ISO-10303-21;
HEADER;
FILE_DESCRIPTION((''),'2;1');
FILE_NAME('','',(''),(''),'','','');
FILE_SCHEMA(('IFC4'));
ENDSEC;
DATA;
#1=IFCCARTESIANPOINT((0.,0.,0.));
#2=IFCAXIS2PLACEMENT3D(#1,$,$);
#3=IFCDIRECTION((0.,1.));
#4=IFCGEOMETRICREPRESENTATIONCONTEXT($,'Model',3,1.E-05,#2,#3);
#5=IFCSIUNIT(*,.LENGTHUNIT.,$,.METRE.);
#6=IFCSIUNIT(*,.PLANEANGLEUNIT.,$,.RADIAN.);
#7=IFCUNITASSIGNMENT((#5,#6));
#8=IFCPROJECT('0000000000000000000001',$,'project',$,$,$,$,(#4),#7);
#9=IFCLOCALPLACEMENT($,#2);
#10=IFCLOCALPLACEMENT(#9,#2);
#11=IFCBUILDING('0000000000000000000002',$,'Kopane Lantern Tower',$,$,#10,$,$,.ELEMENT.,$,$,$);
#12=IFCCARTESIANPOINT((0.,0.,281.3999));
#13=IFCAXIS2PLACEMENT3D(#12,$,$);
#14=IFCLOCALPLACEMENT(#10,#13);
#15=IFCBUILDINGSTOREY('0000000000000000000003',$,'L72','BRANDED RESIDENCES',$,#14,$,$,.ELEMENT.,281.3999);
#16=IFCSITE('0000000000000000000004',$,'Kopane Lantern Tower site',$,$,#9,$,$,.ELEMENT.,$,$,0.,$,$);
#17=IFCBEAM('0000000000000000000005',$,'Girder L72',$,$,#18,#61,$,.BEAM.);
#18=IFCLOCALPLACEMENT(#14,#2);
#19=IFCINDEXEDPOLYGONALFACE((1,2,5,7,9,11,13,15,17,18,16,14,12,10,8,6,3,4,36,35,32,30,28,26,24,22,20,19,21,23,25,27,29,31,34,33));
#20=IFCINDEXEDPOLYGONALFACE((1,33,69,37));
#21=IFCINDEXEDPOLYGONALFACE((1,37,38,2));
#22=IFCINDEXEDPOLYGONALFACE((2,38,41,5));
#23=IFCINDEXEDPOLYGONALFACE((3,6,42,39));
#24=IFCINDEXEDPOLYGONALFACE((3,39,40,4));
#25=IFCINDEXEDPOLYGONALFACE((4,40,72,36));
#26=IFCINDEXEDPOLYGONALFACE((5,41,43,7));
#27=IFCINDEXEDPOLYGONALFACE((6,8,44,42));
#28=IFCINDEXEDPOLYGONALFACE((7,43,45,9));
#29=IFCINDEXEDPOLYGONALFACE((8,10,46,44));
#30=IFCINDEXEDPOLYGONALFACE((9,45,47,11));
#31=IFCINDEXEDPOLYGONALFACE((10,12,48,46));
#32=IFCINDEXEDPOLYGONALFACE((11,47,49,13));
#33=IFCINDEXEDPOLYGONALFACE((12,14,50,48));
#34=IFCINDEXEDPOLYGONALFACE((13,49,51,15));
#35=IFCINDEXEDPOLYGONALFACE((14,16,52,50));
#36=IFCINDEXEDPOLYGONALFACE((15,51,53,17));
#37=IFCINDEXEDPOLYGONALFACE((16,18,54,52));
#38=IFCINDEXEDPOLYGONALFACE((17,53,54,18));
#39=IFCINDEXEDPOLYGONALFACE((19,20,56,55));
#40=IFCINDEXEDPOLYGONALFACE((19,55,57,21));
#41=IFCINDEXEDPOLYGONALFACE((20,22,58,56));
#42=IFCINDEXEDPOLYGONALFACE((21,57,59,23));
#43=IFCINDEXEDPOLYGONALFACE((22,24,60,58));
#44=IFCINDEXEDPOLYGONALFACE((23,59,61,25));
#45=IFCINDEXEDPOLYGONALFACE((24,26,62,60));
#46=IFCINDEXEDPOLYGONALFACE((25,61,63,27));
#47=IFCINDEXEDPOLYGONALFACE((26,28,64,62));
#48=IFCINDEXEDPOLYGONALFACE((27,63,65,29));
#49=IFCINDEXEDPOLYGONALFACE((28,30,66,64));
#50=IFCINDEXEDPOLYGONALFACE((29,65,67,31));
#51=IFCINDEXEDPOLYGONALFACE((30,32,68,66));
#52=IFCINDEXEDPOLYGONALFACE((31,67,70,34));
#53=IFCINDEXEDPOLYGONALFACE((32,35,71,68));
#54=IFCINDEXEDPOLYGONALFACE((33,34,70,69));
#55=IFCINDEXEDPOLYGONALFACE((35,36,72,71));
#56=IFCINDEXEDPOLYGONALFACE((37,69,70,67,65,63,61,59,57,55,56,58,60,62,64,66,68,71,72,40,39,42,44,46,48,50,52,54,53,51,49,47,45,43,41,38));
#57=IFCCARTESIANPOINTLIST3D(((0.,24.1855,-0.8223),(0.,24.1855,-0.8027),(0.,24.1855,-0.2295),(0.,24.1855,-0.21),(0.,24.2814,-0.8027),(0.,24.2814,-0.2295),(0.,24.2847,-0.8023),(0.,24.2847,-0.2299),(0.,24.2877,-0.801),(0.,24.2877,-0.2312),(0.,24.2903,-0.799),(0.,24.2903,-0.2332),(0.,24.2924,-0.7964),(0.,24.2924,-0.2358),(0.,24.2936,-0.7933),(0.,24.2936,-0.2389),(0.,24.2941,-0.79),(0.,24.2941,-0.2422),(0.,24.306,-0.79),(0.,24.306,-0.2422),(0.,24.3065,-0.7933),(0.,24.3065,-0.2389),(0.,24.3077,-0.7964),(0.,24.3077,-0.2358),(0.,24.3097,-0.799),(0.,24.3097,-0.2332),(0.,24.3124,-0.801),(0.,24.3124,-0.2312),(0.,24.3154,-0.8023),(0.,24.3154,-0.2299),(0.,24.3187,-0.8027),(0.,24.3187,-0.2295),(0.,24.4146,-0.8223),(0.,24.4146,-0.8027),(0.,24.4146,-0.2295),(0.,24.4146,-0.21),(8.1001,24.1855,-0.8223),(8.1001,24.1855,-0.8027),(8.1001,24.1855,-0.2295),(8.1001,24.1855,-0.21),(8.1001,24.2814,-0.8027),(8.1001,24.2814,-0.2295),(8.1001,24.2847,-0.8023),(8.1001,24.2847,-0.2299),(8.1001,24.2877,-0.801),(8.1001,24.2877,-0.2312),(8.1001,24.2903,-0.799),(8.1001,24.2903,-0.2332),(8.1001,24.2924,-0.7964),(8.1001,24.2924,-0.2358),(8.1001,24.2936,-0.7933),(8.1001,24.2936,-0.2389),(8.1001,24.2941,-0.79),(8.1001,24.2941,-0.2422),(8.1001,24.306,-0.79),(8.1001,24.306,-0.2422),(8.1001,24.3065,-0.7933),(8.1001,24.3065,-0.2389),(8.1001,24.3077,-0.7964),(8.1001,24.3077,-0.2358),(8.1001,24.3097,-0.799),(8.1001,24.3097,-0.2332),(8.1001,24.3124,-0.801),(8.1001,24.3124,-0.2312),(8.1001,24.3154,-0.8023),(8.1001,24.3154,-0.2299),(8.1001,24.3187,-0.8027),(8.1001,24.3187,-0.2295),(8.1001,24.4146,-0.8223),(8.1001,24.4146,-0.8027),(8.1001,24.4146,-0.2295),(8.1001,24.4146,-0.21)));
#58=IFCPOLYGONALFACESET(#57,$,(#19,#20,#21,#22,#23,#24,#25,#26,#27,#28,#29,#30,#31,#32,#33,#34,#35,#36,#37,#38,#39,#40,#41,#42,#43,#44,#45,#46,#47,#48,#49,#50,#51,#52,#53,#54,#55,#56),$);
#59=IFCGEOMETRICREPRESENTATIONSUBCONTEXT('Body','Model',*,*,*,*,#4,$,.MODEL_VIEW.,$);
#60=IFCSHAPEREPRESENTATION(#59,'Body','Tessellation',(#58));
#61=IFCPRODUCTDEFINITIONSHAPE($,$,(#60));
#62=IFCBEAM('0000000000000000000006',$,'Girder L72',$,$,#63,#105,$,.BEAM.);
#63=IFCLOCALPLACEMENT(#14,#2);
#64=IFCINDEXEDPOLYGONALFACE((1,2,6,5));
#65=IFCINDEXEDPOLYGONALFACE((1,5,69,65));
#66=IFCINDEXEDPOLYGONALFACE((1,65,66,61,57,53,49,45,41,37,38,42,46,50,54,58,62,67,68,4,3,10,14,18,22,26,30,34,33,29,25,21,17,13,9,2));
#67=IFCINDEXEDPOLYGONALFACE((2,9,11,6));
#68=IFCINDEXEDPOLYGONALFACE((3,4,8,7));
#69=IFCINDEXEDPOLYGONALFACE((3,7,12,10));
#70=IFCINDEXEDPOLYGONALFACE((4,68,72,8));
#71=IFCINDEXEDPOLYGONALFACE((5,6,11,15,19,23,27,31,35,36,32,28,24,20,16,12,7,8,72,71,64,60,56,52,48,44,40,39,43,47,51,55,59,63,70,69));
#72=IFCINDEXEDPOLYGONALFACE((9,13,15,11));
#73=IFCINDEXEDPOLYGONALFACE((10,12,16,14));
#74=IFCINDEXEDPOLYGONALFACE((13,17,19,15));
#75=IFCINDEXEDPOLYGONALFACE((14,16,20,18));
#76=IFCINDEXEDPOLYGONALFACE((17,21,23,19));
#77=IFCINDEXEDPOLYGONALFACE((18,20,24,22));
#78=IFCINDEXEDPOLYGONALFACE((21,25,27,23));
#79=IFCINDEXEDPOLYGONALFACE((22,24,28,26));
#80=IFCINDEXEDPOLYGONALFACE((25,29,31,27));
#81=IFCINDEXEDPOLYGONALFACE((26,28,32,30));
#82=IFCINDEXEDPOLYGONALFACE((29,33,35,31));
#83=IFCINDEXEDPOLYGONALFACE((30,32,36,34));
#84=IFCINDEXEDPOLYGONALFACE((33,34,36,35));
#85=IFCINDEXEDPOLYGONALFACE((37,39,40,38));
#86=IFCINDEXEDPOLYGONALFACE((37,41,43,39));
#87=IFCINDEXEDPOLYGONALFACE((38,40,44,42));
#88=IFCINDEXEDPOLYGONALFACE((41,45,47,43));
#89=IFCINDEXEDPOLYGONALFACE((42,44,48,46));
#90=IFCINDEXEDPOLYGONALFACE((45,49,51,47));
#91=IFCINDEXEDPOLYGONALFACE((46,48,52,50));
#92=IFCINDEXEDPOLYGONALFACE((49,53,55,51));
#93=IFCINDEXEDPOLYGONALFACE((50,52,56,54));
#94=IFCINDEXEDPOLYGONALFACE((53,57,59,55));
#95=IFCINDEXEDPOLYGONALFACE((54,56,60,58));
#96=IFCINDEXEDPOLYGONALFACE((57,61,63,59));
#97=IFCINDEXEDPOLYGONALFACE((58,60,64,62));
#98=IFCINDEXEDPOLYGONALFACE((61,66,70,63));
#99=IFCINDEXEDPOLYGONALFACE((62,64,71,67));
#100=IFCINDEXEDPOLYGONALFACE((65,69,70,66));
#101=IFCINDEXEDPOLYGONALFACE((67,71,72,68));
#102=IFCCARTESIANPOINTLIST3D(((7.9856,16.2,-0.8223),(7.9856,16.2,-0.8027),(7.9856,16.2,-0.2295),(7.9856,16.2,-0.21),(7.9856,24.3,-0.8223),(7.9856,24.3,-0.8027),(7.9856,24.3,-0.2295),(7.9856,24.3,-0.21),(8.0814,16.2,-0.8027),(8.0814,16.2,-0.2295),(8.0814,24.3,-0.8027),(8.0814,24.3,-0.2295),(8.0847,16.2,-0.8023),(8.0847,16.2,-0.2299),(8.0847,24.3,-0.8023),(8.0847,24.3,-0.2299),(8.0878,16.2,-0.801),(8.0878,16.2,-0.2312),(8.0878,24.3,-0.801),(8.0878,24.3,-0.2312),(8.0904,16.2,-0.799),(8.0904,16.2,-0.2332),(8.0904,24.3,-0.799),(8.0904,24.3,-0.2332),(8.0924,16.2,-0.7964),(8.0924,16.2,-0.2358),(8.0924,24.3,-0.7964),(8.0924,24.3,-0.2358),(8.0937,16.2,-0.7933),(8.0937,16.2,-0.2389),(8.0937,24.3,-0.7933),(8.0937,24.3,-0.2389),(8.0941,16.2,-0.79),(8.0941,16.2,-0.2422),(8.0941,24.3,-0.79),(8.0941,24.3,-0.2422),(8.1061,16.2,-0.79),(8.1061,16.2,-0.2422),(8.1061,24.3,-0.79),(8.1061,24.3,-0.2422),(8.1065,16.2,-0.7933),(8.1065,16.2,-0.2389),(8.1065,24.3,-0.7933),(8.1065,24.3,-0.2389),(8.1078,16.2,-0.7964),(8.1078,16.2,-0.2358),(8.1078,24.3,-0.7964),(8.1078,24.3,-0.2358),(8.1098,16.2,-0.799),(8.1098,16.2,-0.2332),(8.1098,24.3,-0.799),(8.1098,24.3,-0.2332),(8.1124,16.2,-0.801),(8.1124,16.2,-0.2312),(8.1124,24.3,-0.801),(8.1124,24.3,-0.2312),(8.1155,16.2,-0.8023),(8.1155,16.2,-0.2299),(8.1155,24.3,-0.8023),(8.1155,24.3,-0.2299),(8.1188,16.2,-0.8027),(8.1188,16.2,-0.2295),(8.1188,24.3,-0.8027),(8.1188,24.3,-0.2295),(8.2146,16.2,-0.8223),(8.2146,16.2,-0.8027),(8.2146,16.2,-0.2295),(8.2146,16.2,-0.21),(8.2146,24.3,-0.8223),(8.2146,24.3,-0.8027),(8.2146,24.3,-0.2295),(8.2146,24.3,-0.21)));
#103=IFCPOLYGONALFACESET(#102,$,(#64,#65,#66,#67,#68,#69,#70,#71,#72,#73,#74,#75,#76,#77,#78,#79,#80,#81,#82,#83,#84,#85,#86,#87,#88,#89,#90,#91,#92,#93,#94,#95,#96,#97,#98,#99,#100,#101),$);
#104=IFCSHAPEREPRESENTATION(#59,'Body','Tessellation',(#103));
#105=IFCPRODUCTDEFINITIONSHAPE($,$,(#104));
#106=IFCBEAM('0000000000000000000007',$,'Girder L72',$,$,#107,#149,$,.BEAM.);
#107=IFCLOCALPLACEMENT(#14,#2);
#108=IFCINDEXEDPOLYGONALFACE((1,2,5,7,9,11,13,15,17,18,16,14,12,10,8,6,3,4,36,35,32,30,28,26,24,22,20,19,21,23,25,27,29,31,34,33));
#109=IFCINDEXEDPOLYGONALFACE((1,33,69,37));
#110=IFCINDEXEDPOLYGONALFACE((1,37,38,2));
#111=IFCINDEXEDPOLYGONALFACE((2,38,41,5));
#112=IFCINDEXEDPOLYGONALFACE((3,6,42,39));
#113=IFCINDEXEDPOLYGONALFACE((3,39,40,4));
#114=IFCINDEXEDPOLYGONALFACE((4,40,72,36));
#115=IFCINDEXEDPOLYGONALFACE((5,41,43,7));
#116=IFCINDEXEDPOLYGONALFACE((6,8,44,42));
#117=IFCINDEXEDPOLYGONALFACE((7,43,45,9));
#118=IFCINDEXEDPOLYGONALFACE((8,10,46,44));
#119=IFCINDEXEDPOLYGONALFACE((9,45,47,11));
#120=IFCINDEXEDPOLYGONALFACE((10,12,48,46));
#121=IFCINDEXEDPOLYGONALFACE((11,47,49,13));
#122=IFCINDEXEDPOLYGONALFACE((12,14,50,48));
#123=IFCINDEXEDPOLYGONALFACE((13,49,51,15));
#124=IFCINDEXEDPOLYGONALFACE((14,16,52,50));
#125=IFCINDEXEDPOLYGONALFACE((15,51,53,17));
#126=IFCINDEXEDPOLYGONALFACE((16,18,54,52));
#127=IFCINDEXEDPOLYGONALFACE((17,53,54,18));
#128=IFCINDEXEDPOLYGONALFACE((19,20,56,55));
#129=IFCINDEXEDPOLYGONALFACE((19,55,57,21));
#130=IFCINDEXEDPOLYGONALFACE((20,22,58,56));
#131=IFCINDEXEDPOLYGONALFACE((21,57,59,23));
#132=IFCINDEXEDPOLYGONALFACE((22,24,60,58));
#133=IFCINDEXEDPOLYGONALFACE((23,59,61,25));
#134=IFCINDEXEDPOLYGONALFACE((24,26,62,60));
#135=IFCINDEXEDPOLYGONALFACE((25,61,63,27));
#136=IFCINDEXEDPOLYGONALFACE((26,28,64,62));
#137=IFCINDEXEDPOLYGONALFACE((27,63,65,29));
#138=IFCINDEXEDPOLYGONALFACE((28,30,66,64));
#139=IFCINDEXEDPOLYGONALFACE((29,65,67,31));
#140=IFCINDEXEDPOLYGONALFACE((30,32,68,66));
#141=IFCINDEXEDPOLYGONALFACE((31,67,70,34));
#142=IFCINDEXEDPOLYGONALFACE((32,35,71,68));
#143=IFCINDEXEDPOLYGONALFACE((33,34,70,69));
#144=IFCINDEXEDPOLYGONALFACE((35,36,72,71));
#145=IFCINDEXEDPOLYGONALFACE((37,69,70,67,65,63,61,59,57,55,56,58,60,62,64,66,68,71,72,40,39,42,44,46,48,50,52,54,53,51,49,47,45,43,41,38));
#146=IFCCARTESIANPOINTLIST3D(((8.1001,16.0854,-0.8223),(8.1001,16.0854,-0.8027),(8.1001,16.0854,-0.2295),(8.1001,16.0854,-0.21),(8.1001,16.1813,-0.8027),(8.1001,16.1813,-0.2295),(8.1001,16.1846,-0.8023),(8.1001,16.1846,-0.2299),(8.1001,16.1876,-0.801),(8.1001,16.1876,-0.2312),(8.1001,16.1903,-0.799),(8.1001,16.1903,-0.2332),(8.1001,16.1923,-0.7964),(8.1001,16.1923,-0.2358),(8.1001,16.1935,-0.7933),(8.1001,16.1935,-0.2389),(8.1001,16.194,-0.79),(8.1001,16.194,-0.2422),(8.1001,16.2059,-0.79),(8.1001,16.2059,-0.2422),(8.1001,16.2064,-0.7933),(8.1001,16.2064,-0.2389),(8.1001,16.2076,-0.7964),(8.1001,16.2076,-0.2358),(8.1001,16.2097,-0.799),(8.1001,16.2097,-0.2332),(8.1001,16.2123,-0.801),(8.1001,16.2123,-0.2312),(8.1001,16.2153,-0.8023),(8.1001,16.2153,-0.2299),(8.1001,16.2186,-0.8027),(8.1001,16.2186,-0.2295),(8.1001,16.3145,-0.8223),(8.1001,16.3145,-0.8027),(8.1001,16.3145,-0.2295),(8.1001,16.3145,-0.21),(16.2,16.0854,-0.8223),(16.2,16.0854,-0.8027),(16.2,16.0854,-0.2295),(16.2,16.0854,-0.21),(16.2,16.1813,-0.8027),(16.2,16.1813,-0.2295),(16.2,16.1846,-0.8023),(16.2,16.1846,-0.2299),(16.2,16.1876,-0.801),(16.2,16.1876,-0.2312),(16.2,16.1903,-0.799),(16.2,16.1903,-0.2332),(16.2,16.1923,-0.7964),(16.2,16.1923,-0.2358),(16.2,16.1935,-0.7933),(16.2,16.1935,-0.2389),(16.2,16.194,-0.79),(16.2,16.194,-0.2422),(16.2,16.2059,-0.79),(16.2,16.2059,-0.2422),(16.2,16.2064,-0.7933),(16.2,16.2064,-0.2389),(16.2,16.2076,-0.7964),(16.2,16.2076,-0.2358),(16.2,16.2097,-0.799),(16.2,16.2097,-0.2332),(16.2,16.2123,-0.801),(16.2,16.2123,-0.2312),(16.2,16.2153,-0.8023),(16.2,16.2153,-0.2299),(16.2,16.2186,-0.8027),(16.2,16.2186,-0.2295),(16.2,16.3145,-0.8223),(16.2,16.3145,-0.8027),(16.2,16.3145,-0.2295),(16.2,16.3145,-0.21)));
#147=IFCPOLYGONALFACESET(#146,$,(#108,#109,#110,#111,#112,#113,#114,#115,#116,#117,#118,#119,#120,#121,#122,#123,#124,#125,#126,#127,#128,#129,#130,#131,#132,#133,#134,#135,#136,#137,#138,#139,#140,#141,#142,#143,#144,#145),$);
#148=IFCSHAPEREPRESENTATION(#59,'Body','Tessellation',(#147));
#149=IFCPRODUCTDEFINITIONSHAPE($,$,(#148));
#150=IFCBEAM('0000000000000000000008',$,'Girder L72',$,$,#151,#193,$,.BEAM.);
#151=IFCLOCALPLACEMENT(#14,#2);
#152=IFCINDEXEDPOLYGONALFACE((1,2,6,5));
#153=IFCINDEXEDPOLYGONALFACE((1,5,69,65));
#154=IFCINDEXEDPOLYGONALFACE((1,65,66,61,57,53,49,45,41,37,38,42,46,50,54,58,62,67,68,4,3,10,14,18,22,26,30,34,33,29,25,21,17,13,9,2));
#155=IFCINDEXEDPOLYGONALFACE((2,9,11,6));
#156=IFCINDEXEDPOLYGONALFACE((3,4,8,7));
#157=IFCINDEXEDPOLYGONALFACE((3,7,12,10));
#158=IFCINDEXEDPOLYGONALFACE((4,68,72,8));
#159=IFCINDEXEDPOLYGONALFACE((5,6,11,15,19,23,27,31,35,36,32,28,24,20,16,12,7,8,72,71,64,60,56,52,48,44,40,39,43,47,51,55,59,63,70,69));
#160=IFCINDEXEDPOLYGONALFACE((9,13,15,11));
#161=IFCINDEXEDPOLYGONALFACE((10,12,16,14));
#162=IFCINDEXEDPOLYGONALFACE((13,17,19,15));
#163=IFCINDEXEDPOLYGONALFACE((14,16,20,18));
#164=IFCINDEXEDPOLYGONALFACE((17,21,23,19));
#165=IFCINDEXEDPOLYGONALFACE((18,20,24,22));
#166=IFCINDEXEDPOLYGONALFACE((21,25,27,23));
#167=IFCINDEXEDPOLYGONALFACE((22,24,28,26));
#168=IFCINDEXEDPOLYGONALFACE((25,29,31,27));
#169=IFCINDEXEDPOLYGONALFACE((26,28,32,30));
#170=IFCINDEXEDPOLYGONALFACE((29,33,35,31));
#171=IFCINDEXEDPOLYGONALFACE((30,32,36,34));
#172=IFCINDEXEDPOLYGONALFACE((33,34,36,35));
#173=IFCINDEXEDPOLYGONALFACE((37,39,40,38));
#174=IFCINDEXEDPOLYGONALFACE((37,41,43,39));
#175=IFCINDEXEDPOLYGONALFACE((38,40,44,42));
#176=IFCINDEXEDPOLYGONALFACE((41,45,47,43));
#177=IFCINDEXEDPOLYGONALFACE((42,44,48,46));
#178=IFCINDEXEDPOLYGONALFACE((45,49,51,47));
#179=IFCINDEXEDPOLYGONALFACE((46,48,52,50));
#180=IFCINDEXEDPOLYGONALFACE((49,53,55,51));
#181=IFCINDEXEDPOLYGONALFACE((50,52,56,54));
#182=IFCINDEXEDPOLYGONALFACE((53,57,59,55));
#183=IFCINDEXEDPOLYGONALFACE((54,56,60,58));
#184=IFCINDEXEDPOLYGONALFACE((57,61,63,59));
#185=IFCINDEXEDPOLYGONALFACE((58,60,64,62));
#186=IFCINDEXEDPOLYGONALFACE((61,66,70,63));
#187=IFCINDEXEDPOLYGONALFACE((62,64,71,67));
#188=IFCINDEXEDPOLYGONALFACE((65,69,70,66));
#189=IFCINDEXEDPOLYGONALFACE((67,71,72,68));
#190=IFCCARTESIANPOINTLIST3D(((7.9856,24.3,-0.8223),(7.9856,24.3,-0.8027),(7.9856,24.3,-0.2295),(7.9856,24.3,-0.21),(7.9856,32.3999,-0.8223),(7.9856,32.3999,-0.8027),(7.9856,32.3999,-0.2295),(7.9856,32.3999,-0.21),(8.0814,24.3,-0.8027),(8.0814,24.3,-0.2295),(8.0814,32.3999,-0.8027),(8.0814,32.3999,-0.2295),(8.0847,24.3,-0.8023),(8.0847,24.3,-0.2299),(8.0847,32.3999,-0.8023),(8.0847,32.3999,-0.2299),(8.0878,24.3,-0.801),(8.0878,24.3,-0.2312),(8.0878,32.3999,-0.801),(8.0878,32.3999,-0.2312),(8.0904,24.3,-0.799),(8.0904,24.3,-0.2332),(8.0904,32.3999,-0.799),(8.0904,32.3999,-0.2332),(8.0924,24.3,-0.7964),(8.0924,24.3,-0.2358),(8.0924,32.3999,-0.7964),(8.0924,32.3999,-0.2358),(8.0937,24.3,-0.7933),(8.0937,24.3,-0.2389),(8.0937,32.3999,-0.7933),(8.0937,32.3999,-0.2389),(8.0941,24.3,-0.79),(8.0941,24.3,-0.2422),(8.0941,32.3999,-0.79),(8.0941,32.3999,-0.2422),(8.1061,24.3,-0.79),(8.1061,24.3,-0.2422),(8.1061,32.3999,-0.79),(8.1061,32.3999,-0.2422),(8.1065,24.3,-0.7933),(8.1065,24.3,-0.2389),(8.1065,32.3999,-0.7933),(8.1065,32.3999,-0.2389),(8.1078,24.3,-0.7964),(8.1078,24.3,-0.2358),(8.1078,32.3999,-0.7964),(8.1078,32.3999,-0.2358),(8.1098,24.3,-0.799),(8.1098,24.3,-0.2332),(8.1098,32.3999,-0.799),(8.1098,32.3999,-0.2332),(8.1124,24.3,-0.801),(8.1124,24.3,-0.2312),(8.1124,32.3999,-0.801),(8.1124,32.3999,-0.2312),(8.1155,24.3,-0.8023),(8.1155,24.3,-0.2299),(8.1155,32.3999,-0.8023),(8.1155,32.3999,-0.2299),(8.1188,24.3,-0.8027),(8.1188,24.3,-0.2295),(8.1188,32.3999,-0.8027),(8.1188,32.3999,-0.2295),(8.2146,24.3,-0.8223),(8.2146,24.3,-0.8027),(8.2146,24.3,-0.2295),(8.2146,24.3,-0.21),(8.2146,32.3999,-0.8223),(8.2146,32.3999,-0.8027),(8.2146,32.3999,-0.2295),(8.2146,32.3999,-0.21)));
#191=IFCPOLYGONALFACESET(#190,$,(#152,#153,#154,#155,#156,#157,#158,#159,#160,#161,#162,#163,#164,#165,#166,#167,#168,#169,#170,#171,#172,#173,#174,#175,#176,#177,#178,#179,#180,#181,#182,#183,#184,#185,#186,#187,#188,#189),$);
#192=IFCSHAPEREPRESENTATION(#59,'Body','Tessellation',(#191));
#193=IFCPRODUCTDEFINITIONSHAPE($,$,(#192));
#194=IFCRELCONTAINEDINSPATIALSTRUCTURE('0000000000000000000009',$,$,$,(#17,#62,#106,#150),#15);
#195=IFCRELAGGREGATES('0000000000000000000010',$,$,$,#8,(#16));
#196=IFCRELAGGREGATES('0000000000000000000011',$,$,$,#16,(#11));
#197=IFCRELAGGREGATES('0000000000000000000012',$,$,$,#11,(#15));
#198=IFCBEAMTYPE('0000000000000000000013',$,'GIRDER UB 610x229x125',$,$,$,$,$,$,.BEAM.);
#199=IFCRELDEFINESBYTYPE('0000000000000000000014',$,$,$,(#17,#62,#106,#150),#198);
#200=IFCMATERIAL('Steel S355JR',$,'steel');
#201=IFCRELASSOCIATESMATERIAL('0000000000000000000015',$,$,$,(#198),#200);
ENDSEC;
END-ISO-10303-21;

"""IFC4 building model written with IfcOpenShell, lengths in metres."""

from ifc_helpers import new_model, si_unit, direction, frame, origin, origin_2d, place, context, subcontext, project, spatial, i_section, extrude, material, material_profile, profile_set, type_object, element, save


model = new_model("IFC4")

# Units and contexts
model_context = context("Model", 3, precision=1e-05, world=origin(), true_north=direction((0.0, 1.0)))
body_context = subcontext(model_context, "Body", "Model", "MODEL_VIEW")
ifc_project = project(units=[si_unit("LENGTHUNIT", "METRE"), si_unit("PLANEANGLEUNIT", "RADIAN")], contexts=[model_context])

# Site, building, storey
site_placement = place(None, origin())
site = spatial("IfcSite", under=ifc_project, at=site_placement, Name="Kopane Lantern Tower site", CompositionType="ELEMENT", RefElevation=0.0)
building_placement = place(site_placement, origin())
building = spatial("IfcBuilding", under=site, at=building_placement, Name="Kopane Lantern Tower", CompositionType="ELEMENT")
storey_placement = place(building_placement, frame((0.0, 0.0, 281.3999)))
storey = spatial("IfcBuildingStorey", under=building, at=storey_placement, Name="L72", Description="BRANDED RESIDENCES", CompositionType="ELEMENT", Elevation=281.3999)

# Beams
ifc_material_1 = material(Name="Steel S355JR", Category="steel")
ifc_material_profile_1 = material_profile(ifc_material_1, i_section(OverallWidth=0.229, OverallDepth=0.6123, WebThickness=0.012, FlangeThickness=0.0195, FilletRadius=0.0127, at=origin_2d()), Name="UB 610x229x125")
ifc_profile_set_1 = profile_set([ifc_material_profile_1], Name="Steel S355JR")
beam_type_1 = type_object("IfcBeamType", Name="GIRDER UB 610x229x125", PredefinedType="BEAM", material=ifc_profile_set_1)
for number, where, z_axis, x_axis, name in (
    (1, (0.0, 24.3, -0.5161), (1.0, 0.0, 0.0), (0.0, 1.0, 0.0), "Girder L72"),
    (2, (8.1001, 16.2, -0.5161), (0.0, 1.0, 0.0), (-1.0, 0.0, 0.0), "Girder L72"),
):
    element("IfcBeam", number, at=place(storey_placement, frame(where, z_axis=z_axis, x_axis=x_axis)), inside=storey, type_object=beam_type_1, Name=name, PredefinedType="BEAM", context=body_context, shape_type="SweptSolid", body=[
        extrude(i_section(OverallWidth=0.229, OverallDepth=0.6123, WebThickness=0.012, FlangeThickness=0.0195, FilletRadius=0.0127, at=origin_2d()), origin(), (0.0, 0.0, 1.0), 8.1001),
    ])
for number, where, z_axis, x_axis, name in (
    (3, (8.1001, 16.2, -0.5161), (1.0, 0.0, 0.0), (0.0, 1.0, 0.0), "Girder L72"),
    (4, (8.1001, 24.3, -0.5161), (0.0, 1.0, 0.0), (-1.0, 0.0, 0.0), "Girder L72"),
):
    element("IfcBeam", number, at=place(storey_placement, frame(where, z_axis=z_axis, x_axis=x_axis)), inside=storey, type_object=beam_type_1, Name=name, PredefinedType="BEAM", context=body_context, shape_type="SweptSolid", body=[
        extrude(i_section(OverallWidth=0.229, OverallDepth=0.6123, WebThickness=0.012, FlangeThickness=0.0195, FilletRadius=0.0127, at=origin_2d()), origin(), (0.0, 0.0, 1.0), 8.0999),
    ])

save(model, "model.ifc")
